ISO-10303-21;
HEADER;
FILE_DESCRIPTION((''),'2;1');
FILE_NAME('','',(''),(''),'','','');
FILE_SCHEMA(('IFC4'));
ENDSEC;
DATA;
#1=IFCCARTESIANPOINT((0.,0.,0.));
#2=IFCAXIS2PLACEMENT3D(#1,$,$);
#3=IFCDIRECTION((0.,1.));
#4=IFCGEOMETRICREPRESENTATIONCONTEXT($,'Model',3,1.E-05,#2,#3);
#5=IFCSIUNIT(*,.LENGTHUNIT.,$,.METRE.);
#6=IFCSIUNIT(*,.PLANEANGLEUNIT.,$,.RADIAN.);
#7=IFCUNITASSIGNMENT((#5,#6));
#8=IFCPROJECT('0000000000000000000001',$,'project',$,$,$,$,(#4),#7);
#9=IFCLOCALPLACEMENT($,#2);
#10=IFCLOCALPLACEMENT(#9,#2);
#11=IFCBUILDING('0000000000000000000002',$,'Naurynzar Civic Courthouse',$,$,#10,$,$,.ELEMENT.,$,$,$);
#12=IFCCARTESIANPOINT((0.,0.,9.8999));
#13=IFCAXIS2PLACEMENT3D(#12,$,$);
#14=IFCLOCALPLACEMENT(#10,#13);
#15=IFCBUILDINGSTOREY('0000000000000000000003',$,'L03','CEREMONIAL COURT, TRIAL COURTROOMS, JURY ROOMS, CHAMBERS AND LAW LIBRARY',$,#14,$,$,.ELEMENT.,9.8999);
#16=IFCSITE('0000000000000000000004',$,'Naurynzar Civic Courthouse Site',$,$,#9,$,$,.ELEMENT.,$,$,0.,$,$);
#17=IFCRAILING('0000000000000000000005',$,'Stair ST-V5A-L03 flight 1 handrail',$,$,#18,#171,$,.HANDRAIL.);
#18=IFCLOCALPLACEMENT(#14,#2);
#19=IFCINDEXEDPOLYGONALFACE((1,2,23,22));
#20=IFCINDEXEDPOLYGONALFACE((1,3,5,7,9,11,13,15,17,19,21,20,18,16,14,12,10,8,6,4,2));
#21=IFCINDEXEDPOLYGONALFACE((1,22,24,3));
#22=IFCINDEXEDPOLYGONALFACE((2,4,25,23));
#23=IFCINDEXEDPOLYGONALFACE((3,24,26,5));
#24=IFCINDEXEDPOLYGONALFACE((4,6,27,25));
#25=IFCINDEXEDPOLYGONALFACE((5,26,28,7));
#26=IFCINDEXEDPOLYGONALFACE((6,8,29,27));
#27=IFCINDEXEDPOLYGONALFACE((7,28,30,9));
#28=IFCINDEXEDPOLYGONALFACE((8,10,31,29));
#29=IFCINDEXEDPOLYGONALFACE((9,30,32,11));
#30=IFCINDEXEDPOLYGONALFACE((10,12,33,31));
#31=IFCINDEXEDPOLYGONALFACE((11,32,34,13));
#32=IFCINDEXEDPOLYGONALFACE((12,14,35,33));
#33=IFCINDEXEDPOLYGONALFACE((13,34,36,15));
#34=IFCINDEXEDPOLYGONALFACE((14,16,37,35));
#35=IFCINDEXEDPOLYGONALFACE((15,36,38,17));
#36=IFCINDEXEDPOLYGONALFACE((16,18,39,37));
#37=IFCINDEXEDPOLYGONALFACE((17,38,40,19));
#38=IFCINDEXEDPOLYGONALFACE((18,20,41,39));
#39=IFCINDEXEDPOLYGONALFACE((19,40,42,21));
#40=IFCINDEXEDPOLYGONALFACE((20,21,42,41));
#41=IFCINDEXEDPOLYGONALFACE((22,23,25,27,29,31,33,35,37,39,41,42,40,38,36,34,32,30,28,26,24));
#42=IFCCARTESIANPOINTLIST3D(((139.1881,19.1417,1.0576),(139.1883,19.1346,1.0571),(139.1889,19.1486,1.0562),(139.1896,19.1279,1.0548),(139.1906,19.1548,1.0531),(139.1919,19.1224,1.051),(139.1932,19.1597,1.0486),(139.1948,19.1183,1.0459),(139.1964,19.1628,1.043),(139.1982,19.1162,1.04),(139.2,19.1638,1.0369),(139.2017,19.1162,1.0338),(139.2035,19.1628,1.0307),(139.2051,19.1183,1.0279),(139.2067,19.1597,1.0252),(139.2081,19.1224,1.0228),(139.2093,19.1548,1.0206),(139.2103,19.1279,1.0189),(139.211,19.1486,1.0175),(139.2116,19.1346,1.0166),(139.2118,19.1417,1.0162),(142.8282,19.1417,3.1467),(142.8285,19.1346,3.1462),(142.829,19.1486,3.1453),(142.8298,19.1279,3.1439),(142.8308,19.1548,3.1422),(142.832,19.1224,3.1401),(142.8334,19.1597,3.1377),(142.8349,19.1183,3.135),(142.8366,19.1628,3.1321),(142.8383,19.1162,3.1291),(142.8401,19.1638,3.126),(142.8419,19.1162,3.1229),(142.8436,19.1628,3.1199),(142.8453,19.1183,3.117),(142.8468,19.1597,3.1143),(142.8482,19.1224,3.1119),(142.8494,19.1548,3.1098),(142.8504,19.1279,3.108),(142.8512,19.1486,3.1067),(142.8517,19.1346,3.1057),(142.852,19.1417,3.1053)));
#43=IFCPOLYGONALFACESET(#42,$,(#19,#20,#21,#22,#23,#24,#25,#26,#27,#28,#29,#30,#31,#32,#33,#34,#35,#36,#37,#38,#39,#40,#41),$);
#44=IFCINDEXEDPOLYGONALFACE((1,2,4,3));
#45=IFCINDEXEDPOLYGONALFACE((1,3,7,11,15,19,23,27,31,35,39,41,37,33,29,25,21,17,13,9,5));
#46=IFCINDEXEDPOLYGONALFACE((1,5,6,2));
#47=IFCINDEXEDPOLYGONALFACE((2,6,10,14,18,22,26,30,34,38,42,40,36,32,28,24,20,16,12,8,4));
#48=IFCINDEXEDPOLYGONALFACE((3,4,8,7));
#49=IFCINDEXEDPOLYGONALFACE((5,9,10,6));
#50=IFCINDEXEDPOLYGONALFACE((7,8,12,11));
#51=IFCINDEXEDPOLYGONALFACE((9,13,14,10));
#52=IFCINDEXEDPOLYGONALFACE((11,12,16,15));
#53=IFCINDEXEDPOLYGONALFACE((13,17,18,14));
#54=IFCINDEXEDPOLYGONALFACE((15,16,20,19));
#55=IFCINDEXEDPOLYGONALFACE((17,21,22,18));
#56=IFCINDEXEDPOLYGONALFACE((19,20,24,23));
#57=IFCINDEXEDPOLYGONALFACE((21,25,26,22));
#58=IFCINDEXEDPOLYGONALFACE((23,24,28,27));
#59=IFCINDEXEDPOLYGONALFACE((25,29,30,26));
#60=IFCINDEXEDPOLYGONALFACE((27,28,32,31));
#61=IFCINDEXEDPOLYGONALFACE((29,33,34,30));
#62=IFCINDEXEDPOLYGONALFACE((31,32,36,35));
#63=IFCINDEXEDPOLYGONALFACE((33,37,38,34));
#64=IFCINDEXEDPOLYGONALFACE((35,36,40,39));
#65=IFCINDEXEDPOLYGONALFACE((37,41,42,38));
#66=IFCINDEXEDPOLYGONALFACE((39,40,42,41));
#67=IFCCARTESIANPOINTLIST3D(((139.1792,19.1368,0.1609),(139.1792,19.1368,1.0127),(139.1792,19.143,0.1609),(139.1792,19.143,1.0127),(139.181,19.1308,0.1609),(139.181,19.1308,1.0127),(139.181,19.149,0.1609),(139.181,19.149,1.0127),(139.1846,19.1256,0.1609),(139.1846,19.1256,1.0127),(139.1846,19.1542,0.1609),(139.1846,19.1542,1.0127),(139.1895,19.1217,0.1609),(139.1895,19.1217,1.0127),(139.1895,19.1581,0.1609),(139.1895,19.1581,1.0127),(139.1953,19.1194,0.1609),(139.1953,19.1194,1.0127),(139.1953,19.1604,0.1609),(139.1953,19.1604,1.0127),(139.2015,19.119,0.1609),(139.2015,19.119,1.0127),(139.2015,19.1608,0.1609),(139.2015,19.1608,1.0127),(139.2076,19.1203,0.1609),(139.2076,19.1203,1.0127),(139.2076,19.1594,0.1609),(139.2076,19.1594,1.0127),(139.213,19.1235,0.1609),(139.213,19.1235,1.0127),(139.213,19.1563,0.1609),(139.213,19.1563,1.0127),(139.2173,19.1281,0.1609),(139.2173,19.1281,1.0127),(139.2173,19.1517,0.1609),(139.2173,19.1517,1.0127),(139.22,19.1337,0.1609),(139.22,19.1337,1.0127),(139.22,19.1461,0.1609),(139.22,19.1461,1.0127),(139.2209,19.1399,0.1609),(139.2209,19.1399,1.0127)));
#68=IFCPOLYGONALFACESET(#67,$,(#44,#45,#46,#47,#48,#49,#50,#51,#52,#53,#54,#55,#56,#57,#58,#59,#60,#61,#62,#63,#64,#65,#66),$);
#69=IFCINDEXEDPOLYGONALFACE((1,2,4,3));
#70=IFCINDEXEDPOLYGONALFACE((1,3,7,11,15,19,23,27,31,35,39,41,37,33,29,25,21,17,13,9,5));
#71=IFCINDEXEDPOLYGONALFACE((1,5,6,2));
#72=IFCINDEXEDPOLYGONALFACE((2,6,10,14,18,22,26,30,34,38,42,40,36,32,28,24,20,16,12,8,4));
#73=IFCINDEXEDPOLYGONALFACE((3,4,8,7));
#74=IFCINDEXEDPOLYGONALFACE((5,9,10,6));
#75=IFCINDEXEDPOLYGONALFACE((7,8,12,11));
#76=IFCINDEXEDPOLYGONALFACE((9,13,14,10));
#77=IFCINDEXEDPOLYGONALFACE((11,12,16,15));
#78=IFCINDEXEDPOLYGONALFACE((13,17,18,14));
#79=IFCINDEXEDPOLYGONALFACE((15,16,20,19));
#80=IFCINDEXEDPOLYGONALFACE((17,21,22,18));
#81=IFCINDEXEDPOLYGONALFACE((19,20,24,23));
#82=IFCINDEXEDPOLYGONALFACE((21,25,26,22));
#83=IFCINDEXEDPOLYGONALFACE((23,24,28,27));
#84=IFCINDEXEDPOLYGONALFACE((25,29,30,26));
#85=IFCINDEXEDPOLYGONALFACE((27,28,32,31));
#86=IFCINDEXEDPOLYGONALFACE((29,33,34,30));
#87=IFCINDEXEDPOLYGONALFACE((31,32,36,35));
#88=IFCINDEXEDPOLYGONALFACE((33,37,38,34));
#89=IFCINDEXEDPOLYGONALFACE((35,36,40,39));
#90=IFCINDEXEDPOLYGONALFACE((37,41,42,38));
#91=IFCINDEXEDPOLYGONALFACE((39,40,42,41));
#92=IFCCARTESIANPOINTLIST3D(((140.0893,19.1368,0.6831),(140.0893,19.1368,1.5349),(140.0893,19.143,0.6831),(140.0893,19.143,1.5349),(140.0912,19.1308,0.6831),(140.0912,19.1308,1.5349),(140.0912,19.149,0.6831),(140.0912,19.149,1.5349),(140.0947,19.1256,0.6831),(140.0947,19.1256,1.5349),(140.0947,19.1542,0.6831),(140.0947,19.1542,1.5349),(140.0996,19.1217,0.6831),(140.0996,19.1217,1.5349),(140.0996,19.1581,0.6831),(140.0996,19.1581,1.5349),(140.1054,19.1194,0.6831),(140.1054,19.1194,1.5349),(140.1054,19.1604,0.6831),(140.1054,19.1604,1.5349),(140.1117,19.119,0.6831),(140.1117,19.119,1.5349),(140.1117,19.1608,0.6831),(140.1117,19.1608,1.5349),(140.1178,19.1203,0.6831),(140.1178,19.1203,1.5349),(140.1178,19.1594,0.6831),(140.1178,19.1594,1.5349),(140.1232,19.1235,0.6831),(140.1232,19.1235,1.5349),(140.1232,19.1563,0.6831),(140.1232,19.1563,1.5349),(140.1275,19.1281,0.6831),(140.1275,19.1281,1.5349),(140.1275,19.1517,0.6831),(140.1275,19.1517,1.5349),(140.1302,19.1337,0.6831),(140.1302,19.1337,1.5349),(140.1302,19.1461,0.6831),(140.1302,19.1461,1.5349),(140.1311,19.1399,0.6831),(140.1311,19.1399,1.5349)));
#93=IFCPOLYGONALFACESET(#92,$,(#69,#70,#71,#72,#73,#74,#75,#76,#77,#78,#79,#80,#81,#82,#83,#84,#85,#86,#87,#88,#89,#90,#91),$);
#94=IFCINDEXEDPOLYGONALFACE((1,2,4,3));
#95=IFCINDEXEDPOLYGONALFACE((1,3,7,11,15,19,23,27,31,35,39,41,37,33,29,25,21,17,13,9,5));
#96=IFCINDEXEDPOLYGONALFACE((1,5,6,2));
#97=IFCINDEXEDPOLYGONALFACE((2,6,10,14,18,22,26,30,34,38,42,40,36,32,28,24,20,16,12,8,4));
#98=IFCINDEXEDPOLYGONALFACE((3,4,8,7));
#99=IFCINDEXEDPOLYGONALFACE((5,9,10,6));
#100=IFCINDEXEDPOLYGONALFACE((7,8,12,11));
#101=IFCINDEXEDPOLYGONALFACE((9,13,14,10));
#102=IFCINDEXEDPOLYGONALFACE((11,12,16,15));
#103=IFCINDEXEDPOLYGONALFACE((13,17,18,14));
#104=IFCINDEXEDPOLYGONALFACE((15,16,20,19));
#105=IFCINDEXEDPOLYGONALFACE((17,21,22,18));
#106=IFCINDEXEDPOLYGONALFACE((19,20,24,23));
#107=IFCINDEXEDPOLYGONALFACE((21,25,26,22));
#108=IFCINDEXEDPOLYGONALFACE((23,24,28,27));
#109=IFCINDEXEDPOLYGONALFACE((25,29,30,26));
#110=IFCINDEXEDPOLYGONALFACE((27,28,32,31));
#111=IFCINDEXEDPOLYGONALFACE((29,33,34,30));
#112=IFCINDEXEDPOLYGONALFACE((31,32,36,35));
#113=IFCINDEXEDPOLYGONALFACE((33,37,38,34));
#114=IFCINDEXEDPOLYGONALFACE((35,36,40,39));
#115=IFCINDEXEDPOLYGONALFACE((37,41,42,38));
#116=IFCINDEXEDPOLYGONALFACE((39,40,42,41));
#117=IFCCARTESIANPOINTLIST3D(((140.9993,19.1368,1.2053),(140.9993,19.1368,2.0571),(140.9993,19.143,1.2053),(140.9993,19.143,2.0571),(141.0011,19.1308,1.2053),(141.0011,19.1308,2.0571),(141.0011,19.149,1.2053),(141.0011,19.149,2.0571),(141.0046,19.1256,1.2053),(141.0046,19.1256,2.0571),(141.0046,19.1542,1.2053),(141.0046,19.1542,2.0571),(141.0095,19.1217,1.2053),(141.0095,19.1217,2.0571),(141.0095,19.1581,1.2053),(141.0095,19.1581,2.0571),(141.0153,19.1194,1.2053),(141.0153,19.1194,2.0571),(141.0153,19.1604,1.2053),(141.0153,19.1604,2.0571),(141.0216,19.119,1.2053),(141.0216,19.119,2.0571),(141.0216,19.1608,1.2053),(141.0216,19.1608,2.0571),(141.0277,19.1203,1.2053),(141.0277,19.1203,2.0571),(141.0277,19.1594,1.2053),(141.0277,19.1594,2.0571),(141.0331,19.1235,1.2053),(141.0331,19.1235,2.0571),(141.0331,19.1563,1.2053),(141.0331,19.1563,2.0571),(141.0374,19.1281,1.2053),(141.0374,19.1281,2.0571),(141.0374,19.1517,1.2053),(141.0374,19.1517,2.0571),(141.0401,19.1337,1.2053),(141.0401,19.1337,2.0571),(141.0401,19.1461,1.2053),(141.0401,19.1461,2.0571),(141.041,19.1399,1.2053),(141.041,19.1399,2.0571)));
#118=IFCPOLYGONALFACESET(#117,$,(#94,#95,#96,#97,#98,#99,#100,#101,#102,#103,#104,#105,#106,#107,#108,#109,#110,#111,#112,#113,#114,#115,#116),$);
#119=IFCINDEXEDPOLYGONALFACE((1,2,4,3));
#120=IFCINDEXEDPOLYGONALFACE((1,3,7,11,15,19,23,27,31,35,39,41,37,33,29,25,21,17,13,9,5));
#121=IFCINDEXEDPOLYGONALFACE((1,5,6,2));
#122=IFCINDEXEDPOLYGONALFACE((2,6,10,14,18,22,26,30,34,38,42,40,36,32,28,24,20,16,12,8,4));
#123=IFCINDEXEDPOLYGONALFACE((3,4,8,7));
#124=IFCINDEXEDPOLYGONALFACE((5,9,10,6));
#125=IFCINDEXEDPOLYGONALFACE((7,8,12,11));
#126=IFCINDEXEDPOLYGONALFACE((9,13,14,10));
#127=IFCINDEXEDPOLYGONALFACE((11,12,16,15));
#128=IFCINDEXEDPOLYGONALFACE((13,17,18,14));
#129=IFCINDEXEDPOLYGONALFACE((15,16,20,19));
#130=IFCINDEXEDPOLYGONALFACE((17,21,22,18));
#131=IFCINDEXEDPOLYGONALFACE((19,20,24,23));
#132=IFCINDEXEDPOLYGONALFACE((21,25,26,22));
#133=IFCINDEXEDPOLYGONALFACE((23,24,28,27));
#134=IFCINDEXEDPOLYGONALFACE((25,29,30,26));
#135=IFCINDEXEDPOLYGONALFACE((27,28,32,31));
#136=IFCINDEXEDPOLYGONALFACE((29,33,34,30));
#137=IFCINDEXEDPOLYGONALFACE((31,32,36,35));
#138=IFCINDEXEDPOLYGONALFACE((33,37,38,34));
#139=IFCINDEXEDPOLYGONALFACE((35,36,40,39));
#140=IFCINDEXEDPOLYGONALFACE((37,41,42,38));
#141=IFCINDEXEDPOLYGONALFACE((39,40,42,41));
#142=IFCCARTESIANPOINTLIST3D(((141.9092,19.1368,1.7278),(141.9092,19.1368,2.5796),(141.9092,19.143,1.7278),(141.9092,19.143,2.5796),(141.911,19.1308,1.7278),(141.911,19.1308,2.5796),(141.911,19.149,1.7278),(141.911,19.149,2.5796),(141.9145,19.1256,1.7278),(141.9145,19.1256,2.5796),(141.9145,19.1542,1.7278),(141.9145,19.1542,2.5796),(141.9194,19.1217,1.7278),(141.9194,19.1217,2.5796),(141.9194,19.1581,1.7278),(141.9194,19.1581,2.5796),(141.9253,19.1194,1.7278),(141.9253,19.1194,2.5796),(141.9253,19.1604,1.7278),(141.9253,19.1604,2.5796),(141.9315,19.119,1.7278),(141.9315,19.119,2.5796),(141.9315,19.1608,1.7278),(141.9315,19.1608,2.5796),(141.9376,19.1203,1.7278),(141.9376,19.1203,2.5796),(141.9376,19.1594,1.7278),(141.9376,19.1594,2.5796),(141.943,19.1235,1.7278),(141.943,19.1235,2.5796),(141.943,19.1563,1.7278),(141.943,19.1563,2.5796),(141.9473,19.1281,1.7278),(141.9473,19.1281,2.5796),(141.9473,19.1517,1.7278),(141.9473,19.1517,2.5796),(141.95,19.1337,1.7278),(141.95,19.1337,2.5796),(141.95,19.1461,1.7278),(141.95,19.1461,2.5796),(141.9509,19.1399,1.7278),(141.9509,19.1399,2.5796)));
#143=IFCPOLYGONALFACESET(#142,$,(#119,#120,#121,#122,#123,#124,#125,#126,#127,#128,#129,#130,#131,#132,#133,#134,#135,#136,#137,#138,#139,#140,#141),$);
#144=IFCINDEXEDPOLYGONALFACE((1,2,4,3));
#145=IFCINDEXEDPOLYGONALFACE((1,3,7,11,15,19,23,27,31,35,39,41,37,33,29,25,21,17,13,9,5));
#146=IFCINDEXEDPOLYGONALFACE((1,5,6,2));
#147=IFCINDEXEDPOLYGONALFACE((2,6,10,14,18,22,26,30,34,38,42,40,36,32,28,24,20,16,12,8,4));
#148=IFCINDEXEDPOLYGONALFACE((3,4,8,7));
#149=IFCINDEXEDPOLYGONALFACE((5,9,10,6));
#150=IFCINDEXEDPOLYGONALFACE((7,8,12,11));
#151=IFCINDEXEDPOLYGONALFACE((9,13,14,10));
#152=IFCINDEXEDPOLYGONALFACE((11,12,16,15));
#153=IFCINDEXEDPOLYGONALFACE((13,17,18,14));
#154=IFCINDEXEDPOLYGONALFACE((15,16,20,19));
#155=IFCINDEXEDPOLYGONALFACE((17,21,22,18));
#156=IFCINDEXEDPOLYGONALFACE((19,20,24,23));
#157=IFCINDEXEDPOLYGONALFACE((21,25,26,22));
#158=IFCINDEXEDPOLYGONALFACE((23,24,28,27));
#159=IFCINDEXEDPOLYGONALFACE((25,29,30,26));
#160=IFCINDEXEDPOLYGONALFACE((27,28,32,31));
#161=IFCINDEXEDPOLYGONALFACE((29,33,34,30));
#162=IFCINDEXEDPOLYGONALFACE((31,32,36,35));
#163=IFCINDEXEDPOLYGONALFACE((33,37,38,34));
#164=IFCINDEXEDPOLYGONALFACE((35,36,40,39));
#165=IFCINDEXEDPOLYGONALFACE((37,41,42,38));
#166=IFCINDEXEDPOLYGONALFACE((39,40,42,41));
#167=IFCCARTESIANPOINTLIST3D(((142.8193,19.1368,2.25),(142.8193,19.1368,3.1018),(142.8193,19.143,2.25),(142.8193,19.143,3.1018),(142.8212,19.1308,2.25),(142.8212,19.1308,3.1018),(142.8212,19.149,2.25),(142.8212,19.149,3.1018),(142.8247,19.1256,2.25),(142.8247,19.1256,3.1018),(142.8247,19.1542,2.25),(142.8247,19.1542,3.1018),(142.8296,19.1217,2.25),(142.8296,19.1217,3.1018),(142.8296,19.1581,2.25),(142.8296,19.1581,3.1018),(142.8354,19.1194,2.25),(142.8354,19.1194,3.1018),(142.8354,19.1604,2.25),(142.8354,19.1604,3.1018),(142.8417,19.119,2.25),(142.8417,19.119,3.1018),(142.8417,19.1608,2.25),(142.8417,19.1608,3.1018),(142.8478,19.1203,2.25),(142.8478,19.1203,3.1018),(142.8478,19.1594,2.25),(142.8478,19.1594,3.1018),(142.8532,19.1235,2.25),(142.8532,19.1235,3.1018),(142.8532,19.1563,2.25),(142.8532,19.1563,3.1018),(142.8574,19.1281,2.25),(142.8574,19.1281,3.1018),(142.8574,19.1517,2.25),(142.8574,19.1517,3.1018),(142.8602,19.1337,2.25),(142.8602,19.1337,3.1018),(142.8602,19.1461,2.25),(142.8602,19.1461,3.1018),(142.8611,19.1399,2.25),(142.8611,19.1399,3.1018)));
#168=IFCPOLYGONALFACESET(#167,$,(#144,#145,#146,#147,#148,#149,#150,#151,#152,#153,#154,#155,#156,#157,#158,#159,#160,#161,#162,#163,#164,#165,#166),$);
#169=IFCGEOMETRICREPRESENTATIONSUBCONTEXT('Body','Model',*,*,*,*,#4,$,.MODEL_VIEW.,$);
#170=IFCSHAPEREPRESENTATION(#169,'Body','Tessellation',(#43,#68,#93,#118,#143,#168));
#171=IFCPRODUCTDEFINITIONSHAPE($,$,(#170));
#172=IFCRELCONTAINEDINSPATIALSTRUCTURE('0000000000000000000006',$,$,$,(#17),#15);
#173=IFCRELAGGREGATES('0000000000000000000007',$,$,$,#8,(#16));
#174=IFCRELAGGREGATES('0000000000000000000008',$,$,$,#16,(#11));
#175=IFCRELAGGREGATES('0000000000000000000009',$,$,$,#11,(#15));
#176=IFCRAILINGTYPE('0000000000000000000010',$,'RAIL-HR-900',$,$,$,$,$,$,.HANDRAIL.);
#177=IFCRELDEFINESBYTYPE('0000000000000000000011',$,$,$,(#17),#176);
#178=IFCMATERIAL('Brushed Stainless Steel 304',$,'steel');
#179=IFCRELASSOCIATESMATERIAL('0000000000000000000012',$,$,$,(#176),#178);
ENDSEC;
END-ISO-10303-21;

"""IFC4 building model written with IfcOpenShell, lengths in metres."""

from ifc_helpers import new_model, si_unit, direction, frame, origin, origin_2d, place, context, subcontext, project, spatial, circle, extrude, material, type_object, element, save


model = new_model("IFC4")

# Units and contexts
model_context = context("Model", 3, precision=1e-05, world=origin(), true_north=direction((0.0, 1.0)))
body_context = subcontext(model_context, "Body", "Model", "MODEL_VIEW")
ifc_project = project(units=[si_unit("LENGTHUNIT", "METRE"), si_unit("PLANEANGLEUNIT", "RADIAN")], contexts=[model_context])

# Site, building, storey
site_placement = place(None, origin())
site = spatial("IfcSite", under=ifc_project, at=site_placement, Name="Naurynzar Civic Courthouse Site", CompositionType="ELEMENT", RefElevation=0.0)
building_placement = place(site_placement, origin())
building = spatial("IfcBuilding", under=site, at=building_placement, Name="Naurynzar Civic Courthouse", CompositionType="ELEMENT")
storey_placement = place(building_placement, frame((0.0, 0.0, 9.8999)))
storey = spatial("IfcBuildingStorey", under=building, at=storey_placement, Name="L03", Description="CEREMONIAL COURT, TRIAL COURTROOMS, JURY ROOMS, CHAMBERS AND LAW LIBRARY", CompositionType="ELEMENT", Elevation=9.8999)

# Railing
ifc_material_1 = material(Name="Brushed Stainless Steel 304", Category="steel")
railing_type_1 = type_object("IfcRailingType", Name="RAIL-HR-900", PredefinedType="HANDRAIL", material=ifc_material_1)
railing_1_placement = place(storey_placement, frame((139.2, 19.1399, 0.1609)))
element("IfcRailing", 1, at=railing_1_placement, inside=storey, type_object=railing_type_1, Name="Stair ST-V5A-L03 flight 1 handrail", PredefinedType="HANDRAIL", context=body_context, shape_type="SweptSolid", body=[
    extrude(circle(Radius=0.0239, at=origin_2d()), frame((0.0, 0.0, 0.876), z_axis=(0.867314, 0.0, 0.497761), x_axis=(0.0, 1.0, 0.0)), (0.0, 0.0, 1.0), 4.197),
    extrude(circle(Radius=0.021, at=origin_2d()), origin(), (0.0, 0.0, 1.0), 0.8518),
    extrude(circle(Radius=0.021, at=origin_2d()), frame((0.9102, 0.0, 0.5222)), (0.0, 0.0, 1.0), 0.8518),
    extrude(circle(Radius=0.021, at=origin_2d()), frame((1.8201, 0.0, 1.0444)), (0.0, 0.0, 1.0), 0.8518),
    extrude(circle(Radius=0.021, at=origin_2d()), frame((2.73, 0.0, 1.5669)), (0.0, 0.0, 1.0), 0.8518),
    extrude(circle(Radius=0.021, at=origin_2d()), frame((3.6401, 0.0, 2.0891)), (0.0, 0.0, 1.0), 0.8518),
])

save(model, "model.ifc")
